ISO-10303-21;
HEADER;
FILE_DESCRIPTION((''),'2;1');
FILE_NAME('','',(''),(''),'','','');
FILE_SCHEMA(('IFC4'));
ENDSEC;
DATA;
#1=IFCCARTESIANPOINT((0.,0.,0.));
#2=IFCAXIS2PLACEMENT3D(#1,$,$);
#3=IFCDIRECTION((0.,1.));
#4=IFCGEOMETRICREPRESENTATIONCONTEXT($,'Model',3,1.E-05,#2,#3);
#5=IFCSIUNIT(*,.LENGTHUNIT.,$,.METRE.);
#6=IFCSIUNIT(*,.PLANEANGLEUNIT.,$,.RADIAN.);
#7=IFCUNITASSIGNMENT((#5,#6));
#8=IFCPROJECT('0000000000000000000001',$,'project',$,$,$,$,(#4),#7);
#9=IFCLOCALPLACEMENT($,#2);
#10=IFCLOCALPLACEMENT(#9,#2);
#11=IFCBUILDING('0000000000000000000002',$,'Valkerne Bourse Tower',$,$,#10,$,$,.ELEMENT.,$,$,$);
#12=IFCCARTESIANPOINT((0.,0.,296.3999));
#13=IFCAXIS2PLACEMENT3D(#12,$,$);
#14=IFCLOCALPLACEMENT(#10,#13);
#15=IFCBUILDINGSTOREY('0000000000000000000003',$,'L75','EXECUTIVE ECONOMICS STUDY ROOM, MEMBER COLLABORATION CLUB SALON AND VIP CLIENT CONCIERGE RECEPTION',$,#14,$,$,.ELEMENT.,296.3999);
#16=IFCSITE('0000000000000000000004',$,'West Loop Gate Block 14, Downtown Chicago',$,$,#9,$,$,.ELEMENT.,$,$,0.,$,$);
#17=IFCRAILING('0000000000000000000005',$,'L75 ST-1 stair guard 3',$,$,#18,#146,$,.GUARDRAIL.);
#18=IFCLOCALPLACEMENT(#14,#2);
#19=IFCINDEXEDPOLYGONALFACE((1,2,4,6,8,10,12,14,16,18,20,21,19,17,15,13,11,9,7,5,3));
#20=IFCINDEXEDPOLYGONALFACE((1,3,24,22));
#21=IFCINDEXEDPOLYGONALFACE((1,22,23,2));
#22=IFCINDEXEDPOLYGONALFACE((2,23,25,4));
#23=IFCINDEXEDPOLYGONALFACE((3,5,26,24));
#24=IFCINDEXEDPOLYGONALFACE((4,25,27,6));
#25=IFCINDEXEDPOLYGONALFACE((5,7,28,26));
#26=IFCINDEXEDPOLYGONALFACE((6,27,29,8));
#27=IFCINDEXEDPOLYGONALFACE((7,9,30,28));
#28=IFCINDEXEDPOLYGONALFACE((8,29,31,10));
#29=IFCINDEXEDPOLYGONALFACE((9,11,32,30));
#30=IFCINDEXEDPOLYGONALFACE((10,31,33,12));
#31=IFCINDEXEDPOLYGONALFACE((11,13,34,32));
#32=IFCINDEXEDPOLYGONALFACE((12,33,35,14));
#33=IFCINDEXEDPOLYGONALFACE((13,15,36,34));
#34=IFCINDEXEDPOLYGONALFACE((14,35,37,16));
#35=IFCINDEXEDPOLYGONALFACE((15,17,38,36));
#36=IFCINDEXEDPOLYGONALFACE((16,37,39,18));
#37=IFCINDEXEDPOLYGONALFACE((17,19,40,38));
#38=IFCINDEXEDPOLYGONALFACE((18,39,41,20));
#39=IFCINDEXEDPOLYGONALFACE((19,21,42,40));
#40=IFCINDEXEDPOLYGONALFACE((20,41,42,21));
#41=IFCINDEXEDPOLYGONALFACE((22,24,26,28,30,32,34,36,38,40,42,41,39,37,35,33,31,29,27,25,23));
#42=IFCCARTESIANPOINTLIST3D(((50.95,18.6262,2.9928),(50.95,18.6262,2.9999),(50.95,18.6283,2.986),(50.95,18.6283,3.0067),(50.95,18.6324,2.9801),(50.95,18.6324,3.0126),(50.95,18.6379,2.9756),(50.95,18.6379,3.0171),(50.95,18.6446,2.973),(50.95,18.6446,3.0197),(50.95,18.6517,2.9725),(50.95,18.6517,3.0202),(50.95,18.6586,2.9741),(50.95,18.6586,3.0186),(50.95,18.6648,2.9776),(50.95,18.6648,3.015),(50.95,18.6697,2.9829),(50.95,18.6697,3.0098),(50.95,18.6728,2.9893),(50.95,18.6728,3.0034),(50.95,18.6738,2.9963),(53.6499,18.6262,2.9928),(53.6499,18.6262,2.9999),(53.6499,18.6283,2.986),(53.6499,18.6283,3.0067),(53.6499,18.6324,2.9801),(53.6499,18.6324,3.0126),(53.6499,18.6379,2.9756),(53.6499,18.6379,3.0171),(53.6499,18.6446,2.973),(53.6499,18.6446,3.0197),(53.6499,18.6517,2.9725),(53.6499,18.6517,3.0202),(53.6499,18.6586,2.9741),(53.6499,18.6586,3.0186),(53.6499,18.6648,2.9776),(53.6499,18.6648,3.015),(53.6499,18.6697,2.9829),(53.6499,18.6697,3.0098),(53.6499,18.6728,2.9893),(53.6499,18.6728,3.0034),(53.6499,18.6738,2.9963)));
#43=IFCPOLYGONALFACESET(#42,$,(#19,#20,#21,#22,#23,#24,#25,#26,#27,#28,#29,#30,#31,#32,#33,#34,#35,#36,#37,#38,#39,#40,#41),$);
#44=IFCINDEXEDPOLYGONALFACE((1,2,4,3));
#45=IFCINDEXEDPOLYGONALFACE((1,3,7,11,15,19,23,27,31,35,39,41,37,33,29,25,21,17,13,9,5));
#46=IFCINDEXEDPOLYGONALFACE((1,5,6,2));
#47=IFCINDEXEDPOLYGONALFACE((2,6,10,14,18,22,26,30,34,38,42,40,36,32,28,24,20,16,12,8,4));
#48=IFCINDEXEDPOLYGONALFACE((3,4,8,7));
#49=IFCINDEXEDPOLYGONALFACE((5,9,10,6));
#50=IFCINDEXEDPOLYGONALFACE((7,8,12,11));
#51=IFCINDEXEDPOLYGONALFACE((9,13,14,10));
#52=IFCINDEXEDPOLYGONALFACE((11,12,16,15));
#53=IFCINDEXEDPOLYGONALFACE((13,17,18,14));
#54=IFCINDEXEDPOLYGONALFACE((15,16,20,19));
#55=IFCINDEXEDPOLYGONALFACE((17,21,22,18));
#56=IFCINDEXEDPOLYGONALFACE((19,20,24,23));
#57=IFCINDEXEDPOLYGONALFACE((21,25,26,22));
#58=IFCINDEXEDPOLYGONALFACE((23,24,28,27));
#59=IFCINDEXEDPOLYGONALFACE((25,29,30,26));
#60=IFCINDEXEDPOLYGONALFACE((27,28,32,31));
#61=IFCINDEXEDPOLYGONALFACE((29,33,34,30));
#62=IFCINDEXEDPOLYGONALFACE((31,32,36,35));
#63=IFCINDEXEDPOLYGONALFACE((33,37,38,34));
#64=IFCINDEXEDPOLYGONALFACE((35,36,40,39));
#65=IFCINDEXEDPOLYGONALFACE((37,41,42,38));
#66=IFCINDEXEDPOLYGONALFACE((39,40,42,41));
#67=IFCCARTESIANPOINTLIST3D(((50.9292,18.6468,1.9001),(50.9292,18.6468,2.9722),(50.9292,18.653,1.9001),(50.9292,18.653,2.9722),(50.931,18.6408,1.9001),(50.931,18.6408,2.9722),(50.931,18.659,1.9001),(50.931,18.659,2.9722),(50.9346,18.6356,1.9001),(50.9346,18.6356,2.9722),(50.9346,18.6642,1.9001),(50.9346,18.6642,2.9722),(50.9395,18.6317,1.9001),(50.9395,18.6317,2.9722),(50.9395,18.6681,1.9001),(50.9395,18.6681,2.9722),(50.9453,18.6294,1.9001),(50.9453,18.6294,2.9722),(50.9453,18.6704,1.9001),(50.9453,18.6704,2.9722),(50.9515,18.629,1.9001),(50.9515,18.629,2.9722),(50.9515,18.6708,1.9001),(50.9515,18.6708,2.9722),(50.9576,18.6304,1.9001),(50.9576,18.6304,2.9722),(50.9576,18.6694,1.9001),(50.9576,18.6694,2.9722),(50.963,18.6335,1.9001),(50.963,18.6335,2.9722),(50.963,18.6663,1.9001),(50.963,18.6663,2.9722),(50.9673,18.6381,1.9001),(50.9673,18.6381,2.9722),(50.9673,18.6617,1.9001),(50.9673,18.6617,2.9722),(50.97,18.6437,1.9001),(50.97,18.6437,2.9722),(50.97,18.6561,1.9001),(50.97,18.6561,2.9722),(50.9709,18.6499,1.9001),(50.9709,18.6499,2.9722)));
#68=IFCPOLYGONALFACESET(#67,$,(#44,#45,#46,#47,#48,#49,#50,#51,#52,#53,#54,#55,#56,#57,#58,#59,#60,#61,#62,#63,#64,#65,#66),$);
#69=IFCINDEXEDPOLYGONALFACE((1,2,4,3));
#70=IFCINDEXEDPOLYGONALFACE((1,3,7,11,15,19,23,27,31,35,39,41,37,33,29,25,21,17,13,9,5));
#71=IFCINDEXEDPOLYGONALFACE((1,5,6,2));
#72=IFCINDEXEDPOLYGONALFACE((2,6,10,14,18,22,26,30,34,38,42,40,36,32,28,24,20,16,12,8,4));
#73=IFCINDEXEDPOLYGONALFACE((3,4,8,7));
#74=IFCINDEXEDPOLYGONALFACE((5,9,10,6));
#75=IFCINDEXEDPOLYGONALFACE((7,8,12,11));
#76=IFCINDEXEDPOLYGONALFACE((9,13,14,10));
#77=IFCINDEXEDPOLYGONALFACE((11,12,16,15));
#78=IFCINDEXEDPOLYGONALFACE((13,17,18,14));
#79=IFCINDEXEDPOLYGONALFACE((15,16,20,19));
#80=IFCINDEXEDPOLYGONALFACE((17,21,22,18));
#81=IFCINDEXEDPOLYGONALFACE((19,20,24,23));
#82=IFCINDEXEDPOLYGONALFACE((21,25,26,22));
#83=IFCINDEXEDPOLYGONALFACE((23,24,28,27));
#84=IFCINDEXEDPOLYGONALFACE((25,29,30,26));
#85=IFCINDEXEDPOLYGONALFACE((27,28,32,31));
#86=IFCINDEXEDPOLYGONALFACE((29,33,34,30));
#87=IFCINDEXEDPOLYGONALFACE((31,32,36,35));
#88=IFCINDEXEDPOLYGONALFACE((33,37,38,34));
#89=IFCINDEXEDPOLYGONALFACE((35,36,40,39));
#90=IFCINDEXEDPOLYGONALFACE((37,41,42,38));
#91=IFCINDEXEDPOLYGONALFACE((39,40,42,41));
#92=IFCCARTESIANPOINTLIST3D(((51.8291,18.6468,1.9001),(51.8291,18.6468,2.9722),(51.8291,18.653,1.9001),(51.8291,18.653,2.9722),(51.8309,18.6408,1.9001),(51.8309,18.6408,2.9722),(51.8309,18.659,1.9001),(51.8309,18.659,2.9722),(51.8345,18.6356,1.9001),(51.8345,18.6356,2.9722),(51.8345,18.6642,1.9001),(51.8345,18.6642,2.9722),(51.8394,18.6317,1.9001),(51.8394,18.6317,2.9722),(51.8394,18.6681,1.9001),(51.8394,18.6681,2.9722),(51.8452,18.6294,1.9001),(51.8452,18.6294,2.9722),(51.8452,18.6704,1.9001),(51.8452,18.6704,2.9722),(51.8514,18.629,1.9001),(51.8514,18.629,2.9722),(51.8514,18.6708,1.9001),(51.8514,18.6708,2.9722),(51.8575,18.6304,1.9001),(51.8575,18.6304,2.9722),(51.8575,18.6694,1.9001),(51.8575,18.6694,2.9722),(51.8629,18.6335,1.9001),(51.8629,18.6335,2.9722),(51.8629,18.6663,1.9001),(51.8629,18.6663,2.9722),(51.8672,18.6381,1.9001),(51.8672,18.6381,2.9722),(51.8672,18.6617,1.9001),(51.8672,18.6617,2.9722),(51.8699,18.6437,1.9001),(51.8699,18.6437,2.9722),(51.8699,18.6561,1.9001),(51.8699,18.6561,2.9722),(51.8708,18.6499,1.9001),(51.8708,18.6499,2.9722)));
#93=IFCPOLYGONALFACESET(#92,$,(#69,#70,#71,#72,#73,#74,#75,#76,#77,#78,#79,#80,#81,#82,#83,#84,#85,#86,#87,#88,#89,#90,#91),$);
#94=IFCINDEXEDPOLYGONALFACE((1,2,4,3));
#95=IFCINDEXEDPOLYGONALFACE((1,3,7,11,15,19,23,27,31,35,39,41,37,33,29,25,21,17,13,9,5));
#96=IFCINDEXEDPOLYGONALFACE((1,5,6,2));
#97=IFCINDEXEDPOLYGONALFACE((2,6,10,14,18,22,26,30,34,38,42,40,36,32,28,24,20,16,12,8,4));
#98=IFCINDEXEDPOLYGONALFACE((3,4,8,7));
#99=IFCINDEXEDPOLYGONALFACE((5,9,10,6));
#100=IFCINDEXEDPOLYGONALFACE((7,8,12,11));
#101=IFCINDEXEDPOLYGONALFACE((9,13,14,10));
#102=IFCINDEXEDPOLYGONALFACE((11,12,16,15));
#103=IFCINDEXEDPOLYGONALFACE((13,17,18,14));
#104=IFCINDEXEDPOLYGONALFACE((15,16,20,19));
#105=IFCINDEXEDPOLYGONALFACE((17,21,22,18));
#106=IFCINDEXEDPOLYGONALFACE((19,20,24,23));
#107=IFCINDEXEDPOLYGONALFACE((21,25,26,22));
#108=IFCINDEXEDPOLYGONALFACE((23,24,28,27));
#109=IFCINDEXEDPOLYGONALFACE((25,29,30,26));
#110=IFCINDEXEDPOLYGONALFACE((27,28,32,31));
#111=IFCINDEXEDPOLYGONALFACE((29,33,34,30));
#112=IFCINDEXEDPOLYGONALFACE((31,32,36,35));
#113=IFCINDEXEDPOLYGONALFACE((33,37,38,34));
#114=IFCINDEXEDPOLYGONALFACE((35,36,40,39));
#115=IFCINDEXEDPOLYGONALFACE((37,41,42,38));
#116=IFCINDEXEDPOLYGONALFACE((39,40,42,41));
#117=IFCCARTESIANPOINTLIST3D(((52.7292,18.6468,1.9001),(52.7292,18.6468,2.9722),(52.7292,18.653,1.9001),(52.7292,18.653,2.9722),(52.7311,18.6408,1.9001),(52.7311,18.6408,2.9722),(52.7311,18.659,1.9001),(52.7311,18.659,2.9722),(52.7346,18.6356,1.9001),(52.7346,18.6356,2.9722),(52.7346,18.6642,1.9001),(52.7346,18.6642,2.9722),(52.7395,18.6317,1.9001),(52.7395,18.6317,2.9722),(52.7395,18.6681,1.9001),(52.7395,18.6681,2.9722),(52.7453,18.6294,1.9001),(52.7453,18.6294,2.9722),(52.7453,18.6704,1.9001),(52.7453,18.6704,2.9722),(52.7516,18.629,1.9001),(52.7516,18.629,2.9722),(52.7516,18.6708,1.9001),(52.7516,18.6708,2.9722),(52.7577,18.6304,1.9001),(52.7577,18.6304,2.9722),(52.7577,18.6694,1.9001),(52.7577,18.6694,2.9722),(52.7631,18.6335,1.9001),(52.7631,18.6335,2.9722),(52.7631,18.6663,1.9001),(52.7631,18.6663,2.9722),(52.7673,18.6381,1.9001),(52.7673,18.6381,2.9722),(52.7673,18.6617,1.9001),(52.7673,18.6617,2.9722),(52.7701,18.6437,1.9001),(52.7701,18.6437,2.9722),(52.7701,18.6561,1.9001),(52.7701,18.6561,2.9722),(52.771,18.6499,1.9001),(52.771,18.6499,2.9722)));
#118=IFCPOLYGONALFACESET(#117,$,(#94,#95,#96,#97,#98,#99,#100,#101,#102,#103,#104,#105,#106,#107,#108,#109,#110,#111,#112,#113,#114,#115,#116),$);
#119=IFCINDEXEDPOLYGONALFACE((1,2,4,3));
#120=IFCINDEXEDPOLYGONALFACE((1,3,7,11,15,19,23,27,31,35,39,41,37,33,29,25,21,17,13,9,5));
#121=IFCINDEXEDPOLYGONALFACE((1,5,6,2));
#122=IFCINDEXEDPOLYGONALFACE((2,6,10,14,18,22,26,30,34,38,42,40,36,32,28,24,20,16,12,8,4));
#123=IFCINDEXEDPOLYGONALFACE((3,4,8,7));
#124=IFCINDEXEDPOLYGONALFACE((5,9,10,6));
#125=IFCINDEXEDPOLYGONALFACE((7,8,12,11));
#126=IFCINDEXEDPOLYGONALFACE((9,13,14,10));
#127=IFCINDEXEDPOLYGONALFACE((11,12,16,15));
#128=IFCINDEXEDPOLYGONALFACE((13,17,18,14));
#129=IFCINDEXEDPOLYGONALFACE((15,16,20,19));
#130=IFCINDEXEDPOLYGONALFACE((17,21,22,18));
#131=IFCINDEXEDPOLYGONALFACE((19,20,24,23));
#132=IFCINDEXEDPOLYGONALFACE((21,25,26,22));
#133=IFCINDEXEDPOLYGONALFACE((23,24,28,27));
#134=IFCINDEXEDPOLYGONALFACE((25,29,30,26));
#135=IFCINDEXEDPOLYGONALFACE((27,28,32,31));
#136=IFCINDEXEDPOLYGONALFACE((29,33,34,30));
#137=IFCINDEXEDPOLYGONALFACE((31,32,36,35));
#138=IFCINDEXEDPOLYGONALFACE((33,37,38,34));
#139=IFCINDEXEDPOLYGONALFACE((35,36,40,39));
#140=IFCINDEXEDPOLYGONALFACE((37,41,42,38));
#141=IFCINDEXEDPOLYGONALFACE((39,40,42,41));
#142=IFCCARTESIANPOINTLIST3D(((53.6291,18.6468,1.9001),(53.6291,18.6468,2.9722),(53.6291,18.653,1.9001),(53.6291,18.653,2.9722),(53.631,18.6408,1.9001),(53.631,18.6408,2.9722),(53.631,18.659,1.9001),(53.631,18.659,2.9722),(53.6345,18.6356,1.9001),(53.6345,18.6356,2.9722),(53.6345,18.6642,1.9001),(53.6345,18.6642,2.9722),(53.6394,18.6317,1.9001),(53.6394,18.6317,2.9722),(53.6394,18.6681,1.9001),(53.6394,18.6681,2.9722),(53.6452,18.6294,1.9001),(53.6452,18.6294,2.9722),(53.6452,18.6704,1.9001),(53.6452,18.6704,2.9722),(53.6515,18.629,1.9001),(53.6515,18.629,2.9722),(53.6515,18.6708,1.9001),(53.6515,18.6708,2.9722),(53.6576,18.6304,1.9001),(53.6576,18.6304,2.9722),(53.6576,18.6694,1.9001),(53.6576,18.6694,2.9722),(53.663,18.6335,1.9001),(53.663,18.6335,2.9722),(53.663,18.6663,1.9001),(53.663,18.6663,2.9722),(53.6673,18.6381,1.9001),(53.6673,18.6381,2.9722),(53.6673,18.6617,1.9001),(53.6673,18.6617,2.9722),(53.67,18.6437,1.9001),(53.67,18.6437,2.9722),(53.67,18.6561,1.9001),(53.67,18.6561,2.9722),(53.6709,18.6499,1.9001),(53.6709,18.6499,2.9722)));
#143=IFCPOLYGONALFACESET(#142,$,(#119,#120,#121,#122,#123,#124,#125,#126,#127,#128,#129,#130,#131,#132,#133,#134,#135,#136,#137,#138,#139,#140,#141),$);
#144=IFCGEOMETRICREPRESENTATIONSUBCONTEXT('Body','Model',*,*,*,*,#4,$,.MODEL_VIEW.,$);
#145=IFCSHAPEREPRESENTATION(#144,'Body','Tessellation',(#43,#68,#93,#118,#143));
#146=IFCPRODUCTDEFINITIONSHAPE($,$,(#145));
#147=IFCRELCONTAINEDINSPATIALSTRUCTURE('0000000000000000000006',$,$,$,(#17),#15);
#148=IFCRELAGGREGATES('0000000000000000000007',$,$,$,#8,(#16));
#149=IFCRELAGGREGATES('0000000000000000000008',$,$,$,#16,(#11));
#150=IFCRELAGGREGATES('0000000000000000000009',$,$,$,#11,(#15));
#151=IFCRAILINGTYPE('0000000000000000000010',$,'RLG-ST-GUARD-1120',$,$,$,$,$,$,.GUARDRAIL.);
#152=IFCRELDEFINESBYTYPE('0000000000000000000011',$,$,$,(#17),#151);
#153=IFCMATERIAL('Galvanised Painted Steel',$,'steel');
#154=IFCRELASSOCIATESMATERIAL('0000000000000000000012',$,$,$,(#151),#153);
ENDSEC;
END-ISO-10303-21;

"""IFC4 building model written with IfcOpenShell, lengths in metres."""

from ifc_helpers import new_model, si_unit, direction, frame, origin, origin_2d, place, context, subcontext, project, spatial, circle, extrude, material, type_object, element, save


model = new_model("IFC4")

# Units and contexts
model_context = context("Model", 3, precision=1e-05, world=origin(), true_north=direction((0.0, 1.0)))
body_context = subcontext(model_context, "Body", "Model", "MODEL_VIEW")
ifc_project = project(units=[si_unit("LENGTHUNIT", "METRE"), si_unit("PLANEANGLEUNIT", "RADIAN")], contexts=[model_context])

# Site, building, storey
site_placement = place(None, origin())
site = spatial("IfcSite", under=ifc_project, at=site_placement, Name="West Loop Gate Block 14, Downtown Chicago", CompositionType="ELEMENT", RefElevation=0.0)
building_placement = place(site_placement, origin())
building = spatial("IfcBuilding", under=site, at=building_placement, Name="Valkerne Bourse Tower", CompositionType="ELEMENT")
storey_placement = place(building_placement, frame((0.0, 0.0, 296.3999)))
storey = spatial("IfcBuildingStorey", under=building, at=storey_placement, Name="L75", Description="EXECUTIVE ECONOMICS STUDY ROOM, MEMBER COLLABORATION CLUB SALON AND VIP CLIENT CONCIERGE RECEPTION", CompositionType="ELEMENT", Elevation=296.3999)

# Shared definitions
ifc_material_1 = material(Name="Galvanised Painted Steel", Category="steel")

# Railing
railing_type_1 = type_object("IfcRailingType", Name="RLG-ST-GUARD-1120", PredefinedType="GUARDRAIL", material=ifc_material_1)
for number, where, name in (
    (1, (50.95, 18.6499, 1.9001), "L75 ST-1 stair guard 3"),
):
    element("IfcRailing", number, at=place(storey_placement, frame(where)), inside=storey, type_object=railing_type_1, Name=name, PredefinedType="GUARDRAIL", context=body_context, shape_type="SweptSolid", body=[
        extrude(circle(Radius=0.0239, at=origin_2d()), frame((0.0, 0.0, 1.0962), z_axis=(1.0, 0.0, 0.0), x_axis=(0.0, 1.0, 0.0)), (0.0, 0.0, 1.0), 2.7),
        extrude(circle(Radius=0.021, at=origin_2d()), origin(), (0.0, 0.0, 1.0), 1.072),
        extrude(circle(Radius=0.021, at=origin_2d()), frame((0.8999, 0.0, 0.0)), (0.0, 0.0, 1.0), 1.072),
        extrude(circle(Radius=0.021, at=origin_2d()), frame((1.8, 0.0, 0.0)), (0.0, 0.0, 1.0), 1.072),
        extrude(circle(Radius=0.021, at=origin_2d()), frame((2.7, 0.0, 0.0)), (0.0, 0.0, 1.0), 1.072),
    ])

save(model, "model.ifc")
